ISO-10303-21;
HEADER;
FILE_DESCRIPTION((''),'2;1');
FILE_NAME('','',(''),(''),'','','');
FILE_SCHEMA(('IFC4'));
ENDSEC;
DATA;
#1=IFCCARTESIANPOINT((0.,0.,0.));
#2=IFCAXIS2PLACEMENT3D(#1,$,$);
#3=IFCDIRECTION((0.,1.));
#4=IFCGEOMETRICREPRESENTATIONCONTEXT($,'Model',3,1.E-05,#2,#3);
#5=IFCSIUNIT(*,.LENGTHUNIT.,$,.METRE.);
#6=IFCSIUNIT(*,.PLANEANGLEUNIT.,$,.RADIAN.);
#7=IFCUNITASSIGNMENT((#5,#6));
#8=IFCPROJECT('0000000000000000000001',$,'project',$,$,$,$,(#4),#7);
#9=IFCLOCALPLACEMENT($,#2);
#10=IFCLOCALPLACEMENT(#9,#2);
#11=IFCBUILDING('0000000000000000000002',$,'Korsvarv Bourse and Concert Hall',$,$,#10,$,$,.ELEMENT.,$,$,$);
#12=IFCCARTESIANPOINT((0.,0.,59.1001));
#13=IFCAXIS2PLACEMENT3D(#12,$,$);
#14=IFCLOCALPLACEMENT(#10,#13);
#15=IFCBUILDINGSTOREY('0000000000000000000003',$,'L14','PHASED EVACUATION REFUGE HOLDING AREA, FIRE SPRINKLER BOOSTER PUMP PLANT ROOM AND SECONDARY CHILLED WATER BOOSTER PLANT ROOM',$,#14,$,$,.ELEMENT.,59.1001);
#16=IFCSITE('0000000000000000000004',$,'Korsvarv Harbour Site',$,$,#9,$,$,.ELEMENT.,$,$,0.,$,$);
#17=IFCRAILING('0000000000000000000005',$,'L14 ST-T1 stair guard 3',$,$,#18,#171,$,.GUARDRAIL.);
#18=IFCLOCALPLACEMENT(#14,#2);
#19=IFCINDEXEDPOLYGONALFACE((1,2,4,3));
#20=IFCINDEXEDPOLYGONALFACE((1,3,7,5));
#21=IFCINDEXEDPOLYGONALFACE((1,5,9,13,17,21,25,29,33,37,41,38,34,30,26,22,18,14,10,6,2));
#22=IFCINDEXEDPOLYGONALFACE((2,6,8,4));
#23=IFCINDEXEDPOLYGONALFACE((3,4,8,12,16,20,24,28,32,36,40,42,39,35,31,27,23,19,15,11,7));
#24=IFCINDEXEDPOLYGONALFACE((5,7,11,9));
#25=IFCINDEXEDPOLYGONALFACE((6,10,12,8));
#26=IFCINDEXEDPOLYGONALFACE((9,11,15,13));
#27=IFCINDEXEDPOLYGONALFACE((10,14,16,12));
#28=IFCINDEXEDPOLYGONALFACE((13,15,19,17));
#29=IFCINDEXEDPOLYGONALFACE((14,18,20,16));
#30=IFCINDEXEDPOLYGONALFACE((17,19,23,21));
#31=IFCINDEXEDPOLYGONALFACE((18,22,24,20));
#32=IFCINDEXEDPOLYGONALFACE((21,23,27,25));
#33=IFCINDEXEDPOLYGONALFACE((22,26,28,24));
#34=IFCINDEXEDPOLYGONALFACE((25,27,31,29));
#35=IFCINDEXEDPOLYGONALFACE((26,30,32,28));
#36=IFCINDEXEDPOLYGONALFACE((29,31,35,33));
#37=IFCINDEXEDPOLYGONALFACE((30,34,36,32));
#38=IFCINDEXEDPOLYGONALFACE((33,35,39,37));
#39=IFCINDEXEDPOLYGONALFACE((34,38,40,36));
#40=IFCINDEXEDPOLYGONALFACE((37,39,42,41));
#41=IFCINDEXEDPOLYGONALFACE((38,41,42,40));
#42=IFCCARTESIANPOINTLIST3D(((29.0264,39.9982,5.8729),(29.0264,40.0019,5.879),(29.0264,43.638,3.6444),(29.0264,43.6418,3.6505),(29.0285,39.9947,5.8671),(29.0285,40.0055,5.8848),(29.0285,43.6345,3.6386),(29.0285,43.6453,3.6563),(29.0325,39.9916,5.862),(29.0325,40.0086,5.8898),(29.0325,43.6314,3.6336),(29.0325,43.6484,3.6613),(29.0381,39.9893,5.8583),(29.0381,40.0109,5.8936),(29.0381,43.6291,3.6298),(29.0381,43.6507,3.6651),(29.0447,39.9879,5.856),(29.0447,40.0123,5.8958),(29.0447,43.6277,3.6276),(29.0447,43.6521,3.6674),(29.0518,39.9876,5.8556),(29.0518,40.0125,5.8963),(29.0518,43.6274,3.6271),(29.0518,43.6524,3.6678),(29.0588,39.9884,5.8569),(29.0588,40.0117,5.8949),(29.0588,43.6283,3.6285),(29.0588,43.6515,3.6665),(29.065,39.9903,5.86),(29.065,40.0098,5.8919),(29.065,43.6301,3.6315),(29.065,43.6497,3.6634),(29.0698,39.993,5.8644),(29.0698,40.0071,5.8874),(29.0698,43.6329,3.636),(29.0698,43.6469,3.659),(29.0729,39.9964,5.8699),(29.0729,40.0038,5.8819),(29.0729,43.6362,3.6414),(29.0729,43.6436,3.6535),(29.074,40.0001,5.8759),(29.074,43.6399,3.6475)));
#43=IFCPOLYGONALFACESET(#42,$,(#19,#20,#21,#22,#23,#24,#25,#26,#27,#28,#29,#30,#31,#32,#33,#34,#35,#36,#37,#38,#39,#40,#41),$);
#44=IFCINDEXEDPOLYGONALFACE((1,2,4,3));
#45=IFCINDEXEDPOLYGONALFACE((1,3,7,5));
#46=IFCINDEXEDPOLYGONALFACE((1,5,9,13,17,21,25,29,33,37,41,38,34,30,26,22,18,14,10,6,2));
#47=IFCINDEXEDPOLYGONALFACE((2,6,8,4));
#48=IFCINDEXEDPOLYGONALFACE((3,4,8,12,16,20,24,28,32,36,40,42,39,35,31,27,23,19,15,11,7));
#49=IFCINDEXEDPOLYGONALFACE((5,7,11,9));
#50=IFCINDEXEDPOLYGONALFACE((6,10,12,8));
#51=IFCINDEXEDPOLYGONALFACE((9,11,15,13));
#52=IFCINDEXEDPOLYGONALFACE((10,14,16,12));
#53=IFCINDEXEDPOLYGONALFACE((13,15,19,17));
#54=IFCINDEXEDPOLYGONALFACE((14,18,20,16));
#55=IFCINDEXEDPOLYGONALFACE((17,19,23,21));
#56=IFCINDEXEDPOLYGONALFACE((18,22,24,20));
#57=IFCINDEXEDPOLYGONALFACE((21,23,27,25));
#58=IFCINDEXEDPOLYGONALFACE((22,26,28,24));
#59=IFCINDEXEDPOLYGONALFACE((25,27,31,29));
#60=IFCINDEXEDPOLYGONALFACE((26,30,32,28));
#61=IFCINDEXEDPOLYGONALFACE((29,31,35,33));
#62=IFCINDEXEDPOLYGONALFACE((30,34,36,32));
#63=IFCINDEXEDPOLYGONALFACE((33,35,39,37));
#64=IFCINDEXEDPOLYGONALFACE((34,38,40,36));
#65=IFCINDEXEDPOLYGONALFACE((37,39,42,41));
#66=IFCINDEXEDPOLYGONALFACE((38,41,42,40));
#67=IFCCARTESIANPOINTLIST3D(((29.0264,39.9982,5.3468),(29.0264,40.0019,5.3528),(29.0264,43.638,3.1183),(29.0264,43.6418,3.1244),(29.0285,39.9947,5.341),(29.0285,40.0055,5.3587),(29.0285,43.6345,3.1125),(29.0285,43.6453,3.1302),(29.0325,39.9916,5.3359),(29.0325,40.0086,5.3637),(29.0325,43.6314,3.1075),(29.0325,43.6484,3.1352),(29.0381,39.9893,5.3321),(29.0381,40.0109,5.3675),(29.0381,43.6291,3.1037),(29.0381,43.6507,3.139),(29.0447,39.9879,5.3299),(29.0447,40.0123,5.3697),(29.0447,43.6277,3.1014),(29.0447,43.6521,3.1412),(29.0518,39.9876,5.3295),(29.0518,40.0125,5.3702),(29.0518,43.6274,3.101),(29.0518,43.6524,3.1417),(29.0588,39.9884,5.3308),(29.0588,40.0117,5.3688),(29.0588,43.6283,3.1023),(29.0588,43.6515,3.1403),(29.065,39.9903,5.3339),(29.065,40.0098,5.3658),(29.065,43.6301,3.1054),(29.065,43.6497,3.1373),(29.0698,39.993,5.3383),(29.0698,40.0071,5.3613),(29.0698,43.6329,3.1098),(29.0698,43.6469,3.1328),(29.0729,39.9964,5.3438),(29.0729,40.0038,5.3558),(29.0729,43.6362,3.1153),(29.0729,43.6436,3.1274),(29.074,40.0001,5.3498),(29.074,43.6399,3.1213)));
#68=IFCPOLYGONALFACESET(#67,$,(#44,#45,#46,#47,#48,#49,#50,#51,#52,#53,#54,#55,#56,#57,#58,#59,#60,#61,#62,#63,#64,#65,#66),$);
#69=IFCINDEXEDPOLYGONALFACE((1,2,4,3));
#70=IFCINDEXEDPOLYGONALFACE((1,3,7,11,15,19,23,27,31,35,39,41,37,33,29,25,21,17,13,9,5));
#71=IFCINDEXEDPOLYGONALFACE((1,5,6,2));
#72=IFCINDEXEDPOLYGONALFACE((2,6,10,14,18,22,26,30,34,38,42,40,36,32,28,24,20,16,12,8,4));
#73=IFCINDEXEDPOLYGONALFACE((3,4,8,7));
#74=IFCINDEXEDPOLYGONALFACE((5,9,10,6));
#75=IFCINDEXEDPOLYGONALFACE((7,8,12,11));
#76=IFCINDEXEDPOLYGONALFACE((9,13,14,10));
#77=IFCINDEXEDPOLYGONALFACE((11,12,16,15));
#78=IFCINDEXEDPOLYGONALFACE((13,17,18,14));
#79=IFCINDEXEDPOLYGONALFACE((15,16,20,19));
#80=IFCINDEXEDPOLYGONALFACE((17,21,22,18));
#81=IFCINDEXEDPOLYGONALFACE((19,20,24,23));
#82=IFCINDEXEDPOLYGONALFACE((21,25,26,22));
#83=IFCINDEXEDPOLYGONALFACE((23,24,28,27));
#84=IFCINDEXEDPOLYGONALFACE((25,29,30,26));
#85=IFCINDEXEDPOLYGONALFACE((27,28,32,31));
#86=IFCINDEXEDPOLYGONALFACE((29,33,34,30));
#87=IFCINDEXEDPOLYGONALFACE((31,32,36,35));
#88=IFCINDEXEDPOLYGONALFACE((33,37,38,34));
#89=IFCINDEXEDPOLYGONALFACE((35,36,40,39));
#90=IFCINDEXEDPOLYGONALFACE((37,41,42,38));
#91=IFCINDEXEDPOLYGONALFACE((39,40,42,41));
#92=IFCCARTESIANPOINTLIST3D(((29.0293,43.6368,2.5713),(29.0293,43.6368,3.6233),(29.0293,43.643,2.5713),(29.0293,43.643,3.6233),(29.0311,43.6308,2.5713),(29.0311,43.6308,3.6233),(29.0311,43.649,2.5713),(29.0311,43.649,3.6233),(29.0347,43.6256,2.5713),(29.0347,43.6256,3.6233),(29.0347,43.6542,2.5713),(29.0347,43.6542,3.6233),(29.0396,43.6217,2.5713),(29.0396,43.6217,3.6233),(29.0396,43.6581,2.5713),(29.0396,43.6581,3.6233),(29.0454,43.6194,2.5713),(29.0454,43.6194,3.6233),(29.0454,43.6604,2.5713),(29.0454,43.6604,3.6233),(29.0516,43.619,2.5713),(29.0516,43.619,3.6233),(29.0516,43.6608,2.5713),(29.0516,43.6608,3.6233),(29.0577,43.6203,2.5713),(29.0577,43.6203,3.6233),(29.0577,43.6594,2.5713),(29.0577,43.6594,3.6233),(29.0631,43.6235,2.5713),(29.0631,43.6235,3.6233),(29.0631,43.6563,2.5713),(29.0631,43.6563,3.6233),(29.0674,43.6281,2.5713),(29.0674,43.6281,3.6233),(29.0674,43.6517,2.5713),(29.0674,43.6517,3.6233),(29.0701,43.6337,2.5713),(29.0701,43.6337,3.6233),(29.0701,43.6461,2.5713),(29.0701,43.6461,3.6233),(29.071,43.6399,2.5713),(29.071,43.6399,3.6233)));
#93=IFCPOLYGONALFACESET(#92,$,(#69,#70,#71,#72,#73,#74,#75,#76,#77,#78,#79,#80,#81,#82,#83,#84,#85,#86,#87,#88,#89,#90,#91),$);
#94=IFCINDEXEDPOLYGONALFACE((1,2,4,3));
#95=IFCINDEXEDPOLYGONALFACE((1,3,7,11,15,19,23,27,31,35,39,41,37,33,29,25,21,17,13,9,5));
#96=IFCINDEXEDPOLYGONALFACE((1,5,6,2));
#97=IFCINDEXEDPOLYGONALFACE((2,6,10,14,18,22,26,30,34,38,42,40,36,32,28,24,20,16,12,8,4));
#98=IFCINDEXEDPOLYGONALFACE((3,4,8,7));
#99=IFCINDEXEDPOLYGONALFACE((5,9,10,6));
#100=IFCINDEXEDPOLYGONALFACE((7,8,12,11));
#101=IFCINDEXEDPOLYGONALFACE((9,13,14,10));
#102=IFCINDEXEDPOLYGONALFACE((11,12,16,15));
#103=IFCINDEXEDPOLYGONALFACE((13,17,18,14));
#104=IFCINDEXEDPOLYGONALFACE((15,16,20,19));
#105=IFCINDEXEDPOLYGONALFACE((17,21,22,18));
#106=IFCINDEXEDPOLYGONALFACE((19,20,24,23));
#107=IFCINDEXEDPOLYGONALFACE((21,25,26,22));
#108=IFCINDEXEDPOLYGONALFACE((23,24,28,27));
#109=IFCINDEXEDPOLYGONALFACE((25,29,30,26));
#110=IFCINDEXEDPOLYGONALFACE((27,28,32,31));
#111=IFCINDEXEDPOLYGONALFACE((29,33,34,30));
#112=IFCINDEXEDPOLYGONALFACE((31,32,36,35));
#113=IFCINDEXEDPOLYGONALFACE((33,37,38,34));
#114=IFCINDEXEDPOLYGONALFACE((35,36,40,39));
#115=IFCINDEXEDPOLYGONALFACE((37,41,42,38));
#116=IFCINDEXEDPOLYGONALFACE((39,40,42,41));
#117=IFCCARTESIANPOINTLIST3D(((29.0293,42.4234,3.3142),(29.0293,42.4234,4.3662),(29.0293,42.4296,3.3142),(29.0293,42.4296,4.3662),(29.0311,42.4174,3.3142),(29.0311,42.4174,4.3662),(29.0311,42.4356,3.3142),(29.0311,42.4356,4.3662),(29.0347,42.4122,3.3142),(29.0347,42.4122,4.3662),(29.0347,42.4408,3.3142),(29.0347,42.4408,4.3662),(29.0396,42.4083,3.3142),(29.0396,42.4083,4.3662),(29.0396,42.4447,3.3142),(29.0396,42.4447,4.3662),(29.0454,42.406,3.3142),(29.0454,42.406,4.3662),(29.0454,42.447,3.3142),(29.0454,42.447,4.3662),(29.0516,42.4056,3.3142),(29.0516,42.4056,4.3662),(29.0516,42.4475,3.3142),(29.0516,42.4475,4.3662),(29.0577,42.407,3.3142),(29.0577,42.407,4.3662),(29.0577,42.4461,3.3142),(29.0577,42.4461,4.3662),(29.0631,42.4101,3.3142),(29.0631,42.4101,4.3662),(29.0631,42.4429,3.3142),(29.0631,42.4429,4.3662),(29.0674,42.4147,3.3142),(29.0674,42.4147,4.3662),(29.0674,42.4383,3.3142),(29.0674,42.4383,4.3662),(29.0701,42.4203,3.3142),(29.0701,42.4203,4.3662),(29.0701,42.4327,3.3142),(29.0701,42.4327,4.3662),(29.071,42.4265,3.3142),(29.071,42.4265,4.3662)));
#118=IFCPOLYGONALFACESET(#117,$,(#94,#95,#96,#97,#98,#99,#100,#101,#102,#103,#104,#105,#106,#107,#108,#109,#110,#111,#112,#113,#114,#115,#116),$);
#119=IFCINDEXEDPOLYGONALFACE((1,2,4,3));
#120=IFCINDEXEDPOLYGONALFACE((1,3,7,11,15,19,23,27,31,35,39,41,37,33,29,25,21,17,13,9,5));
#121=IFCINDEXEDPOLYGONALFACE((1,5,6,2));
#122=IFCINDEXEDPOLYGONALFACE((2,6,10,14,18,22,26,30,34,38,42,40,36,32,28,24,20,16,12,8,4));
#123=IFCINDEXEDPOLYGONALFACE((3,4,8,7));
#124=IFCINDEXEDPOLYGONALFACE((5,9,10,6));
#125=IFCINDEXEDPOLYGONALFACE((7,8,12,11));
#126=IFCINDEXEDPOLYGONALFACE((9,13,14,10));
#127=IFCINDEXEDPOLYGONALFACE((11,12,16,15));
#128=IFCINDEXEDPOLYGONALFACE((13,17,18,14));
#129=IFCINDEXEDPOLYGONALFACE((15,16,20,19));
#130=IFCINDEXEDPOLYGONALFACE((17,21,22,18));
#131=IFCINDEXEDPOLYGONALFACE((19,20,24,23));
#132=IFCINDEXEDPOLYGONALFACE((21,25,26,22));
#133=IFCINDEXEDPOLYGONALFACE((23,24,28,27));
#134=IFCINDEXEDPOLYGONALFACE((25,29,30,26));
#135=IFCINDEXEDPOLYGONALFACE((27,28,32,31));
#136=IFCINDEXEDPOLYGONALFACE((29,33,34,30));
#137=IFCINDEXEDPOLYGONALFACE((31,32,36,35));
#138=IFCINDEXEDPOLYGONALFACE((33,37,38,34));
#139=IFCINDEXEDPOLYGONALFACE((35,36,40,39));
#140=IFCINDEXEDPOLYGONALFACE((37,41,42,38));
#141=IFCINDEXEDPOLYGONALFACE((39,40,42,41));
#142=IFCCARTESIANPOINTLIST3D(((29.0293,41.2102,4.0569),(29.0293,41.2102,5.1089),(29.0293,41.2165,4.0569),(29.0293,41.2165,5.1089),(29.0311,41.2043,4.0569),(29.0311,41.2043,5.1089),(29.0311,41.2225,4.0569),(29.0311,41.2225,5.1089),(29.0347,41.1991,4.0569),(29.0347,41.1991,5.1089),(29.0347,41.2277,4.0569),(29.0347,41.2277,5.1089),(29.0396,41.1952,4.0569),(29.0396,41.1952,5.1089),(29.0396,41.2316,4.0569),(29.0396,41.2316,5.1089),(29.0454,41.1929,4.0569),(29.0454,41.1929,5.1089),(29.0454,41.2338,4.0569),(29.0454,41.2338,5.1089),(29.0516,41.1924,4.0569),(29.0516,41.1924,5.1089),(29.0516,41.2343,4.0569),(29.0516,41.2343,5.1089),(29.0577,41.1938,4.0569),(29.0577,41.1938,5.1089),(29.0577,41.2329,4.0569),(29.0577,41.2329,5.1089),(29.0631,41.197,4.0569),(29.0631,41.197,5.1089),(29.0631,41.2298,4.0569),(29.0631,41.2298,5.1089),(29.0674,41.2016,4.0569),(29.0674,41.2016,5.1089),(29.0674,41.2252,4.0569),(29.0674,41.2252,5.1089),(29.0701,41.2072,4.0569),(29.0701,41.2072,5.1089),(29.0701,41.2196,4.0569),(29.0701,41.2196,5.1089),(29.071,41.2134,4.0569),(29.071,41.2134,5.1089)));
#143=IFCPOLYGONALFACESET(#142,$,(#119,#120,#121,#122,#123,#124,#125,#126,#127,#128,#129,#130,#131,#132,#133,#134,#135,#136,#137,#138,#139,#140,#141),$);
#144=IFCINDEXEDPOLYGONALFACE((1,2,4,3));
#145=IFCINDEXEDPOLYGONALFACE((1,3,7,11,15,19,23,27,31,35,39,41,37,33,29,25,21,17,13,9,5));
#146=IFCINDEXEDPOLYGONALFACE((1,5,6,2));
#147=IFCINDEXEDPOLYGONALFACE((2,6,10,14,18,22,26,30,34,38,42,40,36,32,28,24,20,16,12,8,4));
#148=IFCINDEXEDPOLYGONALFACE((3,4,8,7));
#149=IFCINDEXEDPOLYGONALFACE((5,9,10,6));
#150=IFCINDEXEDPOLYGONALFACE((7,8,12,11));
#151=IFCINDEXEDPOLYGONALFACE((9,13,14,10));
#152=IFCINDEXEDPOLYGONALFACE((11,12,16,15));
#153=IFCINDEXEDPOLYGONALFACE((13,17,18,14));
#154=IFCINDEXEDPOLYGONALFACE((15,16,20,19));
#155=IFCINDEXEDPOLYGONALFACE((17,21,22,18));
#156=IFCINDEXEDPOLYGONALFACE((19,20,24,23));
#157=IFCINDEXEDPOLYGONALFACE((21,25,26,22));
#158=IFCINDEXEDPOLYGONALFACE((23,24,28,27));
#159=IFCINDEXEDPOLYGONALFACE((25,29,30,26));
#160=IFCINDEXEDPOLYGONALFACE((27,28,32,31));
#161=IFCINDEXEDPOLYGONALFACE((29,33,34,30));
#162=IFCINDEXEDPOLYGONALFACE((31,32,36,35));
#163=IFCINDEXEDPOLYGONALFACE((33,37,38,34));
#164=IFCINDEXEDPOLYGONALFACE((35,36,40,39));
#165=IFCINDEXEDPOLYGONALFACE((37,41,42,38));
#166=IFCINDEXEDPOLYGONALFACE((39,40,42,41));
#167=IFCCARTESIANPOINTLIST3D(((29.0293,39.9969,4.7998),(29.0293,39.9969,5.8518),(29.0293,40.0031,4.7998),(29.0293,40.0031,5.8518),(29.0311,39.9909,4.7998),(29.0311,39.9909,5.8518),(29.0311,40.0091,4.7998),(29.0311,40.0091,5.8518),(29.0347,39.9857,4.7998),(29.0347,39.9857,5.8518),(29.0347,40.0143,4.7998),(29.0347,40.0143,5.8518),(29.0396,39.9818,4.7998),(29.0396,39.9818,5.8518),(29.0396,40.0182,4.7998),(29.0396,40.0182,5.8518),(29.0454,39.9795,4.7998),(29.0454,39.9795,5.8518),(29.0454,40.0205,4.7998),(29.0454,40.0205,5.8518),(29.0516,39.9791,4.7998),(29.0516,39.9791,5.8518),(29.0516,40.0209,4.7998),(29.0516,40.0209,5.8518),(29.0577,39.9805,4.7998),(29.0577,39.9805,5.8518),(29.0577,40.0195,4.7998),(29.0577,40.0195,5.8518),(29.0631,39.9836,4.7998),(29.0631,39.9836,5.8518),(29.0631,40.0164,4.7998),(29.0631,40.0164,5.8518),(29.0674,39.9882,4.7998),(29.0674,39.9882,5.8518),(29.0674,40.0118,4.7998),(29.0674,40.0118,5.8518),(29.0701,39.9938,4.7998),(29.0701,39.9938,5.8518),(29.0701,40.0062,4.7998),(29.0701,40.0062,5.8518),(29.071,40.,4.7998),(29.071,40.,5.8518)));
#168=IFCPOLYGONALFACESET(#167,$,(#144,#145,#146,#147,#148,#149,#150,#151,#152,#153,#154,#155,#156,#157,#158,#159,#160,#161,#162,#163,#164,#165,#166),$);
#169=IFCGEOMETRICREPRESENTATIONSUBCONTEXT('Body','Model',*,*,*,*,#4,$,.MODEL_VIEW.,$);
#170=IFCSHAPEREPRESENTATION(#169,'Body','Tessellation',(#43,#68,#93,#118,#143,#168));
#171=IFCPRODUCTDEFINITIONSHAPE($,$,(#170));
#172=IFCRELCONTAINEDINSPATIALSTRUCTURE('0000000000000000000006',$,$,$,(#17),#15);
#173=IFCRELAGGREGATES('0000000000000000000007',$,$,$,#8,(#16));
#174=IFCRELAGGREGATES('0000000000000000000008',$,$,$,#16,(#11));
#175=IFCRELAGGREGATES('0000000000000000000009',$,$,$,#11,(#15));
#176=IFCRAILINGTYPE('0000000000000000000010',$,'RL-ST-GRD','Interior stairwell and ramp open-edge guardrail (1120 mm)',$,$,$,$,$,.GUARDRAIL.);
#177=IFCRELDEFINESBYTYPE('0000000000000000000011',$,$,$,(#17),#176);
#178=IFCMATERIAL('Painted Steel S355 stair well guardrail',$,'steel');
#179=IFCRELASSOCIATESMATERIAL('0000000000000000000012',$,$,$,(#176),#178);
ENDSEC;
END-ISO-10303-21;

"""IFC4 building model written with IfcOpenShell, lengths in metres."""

from ifc_helpers import new_model, si_unit, direction, frame, origin, origin_2d, place, context, subcontext, project, spatial, circle, extrude, material, type_object, element, save


model = new_model("IFC4")

# Units and contexts
model_context = context("Model", 3, precision=1e-05, world=origin(), true_north=direction((0.0, 1.0)))
body_context = subcontext(model_context, "Body", "Model", "MODEL_VIEW")
ifc_project = project(units=[si_unit("LENGTHUNIT", "METRE"), si_unit("PLANEANGLEUNIT", "RADIAN")], contexts=[model_context])

# Site, building, storey
site_placement = place(None, origin())
site = spatial("IfcSite", under=ifc_project, at=site_placement, Name="Korsvarv Harbour Site", CompositionType="ELEMENT", RefElevation=0.0)
building_placement = place(site_placement, origin())
building = spatial("IfcBuilding", under=site, at=building_placement, Name="Korsvarv Bourse and Concert Hall", CompositionType="ELEMENT")
storey_placement = place(building_placement, frame((0.0, 0.0, 59.1001)))
storey = spatial("IfcBuildingStorey", under=building, at=storey_placement, Name="L14", Description="PHASED EVACUATION REFUGE HOLDING AREA, FIRE SPRINKLER BOOSTER PUMP PLANT ROOM AND SECONDARY CHILLED WATER BOOSTER PLANT ROOM", CompositionType="ELEMENT", Elevation=59.1001)

# Railing
ifc_material_1 = material(Name="Painted Steel S355 stair well guardrail", Category="steel")
railing_type_1 = type_object("IfcRailingType", Name="RL-ST-GRD", Description="Interior stairwell and ramp open-edge guardrail (1120 mm)", PredefinedType="GUARDRAIL", material=ifc_material_1)
railing_1_placement = place(storey_placement, frame((29.05, 43.6399, 2.5713)))
element("IfcRailing", 1, at=railing_1_placement, inside=storey, type_object=railing_type_1, Name="L14 ST-T1 stair guard 3", PredefinedType="GUARDRAIL", context=body_context, shape_type="SweptSolid", body=[
    extrude(circle(Radius=0.0239, at=origin_2d()), frame((0.0, 0.0, 1.0762), z_axis=(0.0, -0.85285, 0.522156), x_axis=(1.0, 0.0, 0.0)), (0.0, 0.0, 1.0), 4.2678),
    extrude(circle(Radius=0.0239, at=origin_2d()), frame((0.0, 0.0, 0.55), z_axis=(0.0, -0.85285, 0.522156), x_axis=(1.0, 0.0, 0.0)), (0.0, 0.0, 1.0), 4.2678),
    extrude(circle(Radius=0.021, at=origin_2d()), origin(), (0.0, 0.0, 1.0), 1.052),
    extrude(circle(Radius=0.021, at=origin_2d()), frame((0.0, -1.2134, 0.7429)), (0.0, 0.0, 1.0), 1.052),
    extrude(circle(Radius=0.021, at=origin_2d()), frame((0.0, -2.4265, 1.4856)), (0.0, 0.0, 1.0), 1.052),
    extrude(circle(Radius=0.021, at=origin_2d()), frame((0.0, -3.6399, 2.2285)), (0.0, 0.0, 1.0), 1.052),
])

save(model, "model.ifc")
